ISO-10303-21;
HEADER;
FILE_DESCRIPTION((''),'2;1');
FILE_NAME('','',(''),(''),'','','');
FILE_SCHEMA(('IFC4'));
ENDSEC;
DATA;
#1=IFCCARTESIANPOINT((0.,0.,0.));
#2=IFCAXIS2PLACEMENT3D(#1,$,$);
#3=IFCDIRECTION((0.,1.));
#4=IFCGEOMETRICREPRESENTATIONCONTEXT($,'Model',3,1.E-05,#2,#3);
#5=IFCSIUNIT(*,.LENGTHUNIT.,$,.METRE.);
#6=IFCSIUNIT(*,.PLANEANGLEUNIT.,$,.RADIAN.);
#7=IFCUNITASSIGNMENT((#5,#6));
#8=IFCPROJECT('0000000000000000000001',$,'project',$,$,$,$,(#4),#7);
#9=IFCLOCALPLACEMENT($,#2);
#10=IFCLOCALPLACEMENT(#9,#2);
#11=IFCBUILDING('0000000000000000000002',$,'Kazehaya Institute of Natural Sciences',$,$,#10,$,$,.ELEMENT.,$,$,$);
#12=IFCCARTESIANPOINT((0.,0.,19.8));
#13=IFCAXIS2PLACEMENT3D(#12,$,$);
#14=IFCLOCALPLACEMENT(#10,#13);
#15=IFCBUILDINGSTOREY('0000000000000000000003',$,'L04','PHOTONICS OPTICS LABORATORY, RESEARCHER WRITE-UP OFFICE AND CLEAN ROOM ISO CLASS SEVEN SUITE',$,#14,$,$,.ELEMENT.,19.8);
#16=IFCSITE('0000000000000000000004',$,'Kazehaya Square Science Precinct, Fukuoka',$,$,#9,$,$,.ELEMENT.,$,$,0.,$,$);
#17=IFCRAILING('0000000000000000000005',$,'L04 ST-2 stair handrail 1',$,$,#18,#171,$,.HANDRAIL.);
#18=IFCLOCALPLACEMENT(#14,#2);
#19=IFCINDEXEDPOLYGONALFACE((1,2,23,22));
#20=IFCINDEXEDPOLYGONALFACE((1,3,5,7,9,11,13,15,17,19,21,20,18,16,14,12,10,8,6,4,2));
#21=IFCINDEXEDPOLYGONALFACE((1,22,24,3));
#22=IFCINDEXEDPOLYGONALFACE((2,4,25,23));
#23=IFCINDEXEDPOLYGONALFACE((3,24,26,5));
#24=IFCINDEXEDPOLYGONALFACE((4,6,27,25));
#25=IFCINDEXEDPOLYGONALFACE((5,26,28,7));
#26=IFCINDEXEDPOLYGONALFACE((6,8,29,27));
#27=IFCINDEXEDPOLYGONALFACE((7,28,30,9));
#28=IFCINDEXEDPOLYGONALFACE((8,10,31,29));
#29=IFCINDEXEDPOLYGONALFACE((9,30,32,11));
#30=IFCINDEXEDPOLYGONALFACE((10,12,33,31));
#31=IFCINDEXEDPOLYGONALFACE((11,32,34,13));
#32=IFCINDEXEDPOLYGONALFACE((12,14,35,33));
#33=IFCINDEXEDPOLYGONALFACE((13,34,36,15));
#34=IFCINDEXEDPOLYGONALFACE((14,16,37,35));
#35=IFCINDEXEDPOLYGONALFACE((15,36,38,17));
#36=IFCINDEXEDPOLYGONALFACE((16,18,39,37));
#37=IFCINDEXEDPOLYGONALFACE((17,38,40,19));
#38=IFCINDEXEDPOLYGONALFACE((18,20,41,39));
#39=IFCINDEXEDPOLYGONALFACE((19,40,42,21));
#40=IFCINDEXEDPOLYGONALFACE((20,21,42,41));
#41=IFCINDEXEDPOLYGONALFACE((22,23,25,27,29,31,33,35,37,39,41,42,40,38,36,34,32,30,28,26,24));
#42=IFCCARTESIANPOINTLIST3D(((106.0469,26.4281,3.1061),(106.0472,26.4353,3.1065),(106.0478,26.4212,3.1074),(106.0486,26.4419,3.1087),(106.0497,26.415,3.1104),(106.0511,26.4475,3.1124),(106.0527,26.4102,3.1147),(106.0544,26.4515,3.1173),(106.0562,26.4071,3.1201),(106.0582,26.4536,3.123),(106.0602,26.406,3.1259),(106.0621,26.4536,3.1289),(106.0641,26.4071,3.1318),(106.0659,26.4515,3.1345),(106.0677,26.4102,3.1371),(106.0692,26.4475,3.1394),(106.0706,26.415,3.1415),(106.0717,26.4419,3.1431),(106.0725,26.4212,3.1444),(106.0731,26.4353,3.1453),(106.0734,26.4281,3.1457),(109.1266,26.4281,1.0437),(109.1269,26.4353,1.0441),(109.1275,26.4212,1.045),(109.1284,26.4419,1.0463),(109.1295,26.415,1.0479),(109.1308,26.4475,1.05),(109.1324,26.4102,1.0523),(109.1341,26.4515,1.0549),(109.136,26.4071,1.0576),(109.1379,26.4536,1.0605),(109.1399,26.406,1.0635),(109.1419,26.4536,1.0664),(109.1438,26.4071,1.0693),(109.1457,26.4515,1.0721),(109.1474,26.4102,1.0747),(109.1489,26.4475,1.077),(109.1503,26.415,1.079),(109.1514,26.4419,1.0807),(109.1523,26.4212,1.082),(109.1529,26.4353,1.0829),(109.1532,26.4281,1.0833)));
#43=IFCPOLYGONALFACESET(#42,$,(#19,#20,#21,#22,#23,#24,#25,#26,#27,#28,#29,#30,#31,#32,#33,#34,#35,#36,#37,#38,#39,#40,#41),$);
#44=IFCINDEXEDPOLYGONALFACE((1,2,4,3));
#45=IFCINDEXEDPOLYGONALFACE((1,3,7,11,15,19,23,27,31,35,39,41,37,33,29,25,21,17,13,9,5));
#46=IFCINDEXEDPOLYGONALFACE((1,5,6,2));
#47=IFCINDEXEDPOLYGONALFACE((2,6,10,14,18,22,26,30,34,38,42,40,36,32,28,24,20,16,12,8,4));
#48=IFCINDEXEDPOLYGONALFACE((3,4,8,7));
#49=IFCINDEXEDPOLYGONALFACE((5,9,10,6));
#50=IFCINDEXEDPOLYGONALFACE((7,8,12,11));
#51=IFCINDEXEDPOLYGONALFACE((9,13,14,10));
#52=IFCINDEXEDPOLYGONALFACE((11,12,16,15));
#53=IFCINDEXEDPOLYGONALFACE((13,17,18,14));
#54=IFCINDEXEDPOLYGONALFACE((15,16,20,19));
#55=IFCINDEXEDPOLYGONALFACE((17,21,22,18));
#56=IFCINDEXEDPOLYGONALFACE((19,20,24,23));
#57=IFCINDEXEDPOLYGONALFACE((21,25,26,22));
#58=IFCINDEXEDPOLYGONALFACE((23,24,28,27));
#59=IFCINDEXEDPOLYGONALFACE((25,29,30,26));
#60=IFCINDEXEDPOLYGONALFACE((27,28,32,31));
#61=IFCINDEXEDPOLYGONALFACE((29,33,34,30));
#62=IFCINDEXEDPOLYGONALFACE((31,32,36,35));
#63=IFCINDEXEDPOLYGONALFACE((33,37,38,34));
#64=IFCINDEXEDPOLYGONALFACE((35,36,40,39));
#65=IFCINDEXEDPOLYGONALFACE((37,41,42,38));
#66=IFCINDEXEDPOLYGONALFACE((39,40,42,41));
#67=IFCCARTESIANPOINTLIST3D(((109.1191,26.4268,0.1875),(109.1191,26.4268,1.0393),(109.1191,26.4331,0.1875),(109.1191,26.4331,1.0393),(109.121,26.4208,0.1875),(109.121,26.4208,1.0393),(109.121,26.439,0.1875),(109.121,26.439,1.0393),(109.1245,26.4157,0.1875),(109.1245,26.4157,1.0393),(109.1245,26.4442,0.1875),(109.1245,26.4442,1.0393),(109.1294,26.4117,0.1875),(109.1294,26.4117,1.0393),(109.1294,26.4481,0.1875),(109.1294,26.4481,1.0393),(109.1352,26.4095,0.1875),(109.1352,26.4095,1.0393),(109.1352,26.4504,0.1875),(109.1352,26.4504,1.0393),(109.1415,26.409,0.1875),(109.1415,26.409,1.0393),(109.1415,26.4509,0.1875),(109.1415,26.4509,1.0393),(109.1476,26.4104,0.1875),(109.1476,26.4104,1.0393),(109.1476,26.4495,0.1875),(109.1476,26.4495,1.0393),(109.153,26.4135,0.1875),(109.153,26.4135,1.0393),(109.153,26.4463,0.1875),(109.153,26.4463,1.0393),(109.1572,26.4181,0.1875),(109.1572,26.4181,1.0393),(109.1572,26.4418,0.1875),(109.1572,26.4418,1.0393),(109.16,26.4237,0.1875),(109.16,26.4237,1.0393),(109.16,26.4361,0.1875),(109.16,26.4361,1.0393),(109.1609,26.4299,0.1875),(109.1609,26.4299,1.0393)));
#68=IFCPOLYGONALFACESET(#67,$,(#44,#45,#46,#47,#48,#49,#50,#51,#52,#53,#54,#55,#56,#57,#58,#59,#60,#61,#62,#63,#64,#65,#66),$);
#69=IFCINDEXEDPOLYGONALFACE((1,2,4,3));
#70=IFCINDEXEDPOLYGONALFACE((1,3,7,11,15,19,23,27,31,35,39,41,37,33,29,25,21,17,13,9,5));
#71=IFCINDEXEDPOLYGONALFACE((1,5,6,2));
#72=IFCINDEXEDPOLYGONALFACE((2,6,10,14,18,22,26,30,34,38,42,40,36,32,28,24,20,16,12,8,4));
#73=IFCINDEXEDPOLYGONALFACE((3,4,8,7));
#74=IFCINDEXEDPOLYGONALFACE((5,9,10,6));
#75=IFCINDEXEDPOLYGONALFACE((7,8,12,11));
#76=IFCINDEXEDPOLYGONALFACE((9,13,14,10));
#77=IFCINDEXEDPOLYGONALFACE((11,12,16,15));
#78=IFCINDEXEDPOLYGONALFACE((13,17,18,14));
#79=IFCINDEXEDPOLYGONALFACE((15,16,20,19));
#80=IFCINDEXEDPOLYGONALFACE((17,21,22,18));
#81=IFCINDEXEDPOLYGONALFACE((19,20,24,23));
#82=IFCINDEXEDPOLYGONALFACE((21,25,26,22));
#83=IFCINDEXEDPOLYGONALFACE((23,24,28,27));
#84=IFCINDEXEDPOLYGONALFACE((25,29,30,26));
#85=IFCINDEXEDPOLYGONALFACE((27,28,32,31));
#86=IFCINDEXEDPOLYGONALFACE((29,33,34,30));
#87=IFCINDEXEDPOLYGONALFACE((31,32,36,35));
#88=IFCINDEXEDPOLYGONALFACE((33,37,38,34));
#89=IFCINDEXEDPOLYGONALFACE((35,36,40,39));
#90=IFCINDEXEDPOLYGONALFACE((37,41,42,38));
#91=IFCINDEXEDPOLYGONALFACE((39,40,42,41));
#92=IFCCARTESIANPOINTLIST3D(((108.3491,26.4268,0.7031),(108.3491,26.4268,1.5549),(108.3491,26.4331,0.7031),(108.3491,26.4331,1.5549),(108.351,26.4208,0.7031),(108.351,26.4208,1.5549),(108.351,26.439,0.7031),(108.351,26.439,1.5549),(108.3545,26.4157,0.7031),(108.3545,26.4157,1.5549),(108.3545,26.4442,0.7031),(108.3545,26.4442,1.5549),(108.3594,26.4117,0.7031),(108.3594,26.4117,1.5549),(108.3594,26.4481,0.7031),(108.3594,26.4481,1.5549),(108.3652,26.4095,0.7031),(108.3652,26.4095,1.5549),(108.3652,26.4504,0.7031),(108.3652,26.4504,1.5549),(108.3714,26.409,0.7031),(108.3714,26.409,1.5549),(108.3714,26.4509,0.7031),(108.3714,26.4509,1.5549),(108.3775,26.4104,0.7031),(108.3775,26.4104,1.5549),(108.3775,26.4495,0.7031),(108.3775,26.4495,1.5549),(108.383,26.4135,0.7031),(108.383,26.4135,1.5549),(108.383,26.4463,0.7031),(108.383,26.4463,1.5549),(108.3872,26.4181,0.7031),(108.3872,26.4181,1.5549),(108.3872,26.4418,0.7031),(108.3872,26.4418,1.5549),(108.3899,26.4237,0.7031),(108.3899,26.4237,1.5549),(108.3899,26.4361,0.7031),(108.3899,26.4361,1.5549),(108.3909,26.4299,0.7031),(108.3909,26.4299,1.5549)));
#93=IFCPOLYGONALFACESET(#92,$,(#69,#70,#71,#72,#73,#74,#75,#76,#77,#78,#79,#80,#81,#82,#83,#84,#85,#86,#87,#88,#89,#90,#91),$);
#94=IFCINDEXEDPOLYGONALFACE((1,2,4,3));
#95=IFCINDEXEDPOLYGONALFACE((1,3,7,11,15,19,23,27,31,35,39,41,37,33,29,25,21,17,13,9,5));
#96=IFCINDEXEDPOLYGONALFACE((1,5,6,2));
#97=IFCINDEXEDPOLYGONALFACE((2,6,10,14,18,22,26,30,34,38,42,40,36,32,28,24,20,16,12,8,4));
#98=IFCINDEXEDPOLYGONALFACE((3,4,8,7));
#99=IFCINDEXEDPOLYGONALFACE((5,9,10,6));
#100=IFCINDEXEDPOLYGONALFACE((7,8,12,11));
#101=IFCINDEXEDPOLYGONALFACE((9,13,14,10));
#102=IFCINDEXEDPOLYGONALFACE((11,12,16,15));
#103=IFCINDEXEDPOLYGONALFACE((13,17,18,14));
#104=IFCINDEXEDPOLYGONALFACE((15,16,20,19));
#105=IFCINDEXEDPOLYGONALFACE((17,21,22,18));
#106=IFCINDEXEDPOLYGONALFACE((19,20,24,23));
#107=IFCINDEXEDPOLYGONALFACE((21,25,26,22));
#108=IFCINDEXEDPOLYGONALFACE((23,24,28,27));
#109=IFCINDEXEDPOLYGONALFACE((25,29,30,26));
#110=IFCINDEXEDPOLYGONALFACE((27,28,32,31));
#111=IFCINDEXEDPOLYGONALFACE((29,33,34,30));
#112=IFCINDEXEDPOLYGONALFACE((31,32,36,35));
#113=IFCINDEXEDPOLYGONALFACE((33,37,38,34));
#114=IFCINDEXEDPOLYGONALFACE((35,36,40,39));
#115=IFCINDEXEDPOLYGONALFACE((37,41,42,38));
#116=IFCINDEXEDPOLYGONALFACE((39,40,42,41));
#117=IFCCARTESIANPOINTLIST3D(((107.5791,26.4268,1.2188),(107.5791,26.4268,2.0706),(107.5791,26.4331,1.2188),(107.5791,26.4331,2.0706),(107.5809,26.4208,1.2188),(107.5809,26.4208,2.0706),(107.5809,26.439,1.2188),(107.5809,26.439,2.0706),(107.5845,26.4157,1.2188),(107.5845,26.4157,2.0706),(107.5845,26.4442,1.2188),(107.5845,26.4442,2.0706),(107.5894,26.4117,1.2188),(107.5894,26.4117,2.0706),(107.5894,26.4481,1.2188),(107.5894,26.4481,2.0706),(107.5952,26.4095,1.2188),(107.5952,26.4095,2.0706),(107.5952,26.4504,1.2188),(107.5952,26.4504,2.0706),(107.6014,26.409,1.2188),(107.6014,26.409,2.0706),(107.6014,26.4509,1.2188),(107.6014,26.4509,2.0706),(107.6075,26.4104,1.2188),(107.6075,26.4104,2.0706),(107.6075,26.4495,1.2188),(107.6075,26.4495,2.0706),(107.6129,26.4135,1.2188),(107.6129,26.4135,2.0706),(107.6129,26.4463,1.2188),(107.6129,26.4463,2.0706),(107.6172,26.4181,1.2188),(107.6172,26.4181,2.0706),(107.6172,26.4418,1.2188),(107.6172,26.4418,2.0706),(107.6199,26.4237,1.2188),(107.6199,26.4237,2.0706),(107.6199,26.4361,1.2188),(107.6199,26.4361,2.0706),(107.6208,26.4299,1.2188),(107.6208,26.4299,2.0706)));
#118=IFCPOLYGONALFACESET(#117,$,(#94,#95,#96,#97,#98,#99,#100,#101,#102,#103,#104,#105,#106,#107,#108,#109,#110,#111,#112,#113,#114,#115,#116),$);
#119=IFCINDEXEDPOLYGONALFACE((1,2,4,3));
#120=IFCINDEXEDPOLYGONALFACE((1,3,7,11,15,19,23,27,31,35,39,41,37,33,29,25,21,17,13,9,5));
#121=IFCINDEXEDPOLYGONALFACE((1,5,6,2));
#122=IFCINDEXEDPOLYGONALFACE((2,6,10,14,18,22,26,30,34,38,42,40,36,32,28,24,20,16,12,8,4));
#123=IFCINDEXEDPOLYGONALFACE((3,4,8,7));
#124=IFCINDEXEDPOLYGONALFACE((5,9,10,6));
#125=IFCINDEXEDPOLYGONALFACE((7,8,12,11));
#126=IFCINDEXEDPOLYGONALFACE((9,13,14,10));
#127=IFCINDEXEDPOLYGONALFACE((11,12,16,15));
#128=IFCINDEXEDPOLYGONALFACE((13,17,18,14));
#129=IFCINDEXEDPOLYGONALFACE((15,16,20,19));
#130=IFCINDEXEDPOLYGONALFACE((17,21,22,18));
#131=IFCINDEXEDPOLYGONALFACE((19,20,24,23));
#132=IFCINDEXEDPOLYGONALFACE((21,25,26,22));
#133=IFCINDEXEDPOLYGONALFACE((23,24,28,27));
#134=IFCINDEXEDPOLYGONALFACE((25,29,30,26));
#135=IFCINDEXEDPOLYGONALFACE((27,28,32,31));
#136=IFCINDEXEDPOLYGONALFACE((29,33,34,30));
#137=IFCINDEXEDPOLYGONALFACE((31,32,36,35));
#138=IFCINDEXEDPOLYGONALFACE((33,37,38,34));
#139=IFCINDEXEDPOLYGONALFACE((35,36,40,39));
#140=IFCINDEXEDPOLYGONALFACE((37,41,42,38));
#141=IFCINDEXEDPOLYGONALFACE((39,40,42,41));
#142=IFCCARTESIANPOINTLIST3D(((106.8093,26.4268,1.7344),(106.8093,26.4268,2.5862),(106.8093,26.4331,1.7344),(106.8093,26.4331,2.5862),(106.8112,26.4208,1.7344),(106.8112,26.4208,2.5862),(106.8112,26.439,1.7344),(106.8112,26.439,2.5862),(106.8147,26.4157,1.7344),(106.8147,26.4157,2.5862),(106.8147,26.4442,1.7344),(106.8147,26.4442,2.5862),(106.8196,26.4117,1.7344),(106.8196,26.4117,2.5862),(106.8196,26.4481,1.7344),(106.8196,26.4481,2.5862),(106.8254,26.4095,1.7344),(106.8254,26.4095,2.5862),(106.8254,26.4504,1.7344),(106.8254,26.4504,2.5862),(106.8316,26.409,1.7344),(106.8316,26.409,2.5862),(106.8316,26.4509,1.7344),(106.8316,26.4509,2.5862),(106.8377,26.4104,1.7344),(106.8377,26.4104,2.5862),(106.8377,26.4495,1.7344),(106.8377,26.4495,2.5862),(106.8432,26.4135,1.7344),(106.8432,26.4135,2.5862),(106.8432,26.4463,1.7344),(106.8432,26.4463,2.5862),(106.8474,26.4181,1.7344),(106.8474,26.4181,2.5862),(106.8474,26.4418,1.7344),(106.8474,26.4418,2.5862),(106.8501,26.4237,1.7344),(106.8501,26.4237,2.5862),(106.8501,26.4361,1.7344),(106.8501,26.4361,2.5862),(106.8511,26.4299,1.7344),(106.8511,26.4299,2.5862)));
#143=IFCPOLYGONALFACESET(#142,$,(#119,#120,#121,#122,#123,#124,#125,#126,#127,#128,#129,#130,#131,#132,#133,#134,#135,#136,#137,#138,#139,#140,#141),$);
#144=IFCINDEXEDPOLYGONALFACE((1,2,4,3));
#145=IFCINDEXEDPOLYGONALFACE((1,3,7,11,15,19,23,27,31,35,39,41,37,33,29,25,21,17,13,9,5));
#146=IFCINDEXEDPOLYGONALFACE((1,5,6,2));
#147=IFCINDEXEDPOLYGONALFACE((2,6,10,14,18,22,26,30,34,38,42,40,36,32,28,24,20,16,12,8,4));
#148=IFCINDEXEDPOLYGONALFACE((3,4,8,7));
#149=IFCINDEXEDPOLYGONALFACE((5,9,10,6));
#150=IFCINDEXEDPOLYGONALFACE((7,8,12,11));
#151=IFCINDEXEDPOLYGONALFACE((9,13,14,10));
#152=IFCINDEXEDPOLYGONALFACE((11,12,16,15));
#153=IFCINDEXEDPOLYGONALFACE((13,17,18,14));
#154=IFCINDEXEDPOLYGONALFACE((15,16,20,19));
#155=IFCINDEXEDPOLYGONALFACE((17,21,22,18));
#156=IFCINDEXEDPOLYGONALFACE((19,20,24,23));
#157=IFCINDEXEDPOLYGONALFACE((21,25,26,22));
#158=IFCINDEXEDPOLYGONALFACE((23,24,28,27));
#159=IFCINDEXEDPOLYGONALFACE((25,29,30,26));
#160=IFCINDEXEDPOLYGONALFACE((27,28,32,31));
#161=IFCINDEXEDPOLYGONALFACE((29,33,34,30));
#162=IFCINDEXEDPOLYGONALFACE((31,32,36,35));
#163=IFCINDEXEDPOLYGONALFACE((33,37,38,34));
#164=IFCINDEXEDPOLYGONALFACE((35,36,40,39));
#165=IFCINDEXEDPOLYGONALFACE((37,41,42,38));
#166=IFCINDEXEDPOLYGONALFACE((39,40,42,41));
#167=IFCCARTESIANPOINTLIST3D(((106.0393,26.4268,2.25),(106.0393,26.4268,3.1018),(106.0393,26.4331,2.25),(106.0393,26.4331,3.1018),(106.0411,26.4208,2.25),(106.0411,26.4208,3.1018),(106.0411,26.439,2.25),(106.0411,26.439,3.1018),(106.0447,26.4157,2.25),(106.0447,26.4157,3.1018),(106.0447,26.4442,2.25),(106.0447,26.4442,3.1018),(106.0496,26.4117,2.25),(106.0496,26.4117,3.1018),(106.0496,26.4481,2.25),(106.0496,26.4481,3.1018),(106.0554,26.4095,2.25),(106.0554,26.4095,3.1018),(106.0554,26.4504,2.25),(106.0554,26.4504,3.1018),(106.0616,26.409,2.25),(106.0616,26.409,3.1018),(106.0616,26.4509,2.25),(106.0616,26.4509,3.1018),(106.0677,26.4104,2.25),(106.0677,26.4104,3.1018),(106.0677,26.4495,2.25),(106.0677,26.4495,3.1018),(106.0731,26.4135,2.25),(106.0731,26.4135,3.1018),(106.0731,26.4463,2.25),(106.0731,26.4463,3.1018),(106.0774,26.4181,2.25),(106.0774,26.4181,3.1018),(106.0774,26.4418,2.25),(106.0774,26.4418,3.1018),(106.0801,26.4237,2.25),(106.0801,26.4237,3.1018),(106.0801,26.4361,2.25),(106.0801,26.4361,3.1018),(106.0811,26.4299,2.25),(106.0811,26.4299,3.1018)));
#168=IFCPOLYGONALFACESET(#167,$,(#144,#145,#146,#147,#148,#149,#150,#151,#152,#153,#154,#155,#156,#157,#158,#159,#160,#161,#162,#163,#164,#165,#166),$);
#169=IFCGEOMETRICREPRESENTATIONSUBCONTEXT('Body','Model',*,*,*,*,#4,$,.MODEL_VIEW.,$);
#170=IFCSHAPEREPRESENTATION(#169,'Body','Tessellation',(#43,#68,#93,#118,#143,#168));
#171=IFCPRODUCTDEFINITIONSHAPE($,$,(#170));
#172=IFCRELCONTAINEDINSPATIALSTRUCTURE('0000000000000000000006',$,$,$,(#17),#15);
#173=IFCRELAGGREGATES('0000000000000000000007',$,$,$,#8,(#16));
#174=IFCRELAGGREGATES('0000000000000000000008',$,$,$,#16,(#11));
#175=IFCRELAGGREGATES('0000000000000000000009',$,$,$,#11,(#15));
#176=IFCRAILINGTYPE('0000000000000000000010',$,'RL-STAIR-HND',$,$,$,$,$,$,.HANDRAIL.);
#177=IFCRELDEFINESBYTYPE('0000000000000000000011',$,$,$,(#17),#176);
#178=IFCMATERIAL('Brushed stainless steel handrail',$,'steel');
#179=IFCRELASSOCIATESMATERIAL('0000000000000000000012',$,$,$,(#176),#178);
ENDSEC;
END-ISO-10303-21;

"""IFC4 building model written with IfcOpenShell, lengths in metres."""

from ifc_helpers import new_model, si_unit, direction, frame, origin, origin_2d, place, context, subcontext, project, spatial, circle, extrude, material, type_object, element, save


model = new_model("IFC4")

# Units and contexts
model_context = context("Model", 3, precision=1e-05, world=origin(), true_north=direction((0.0, 1.0)))
body_context = subcontext(model_context, "Body", "Model", "MODEL_VIEW")
ifc_project = project(units=[si_unit("LENGTHUNIT", "METRE"), si_unit("PLANEANGLEUNIT", "RADIAN")], contexts=[model_context])

# Site, building, storey
site_placement = place(None, origin())
site = spatial("IfcSite", under=ifc_project, at=site_placement, Name="Kazehaya Square Science Precinct, Fukuoka", CompositionType="ELEMENT", RefElevation=0.0)
building_placement = place(site_placement, origin())
building = spatial("IfcBuilding", under=site, at=building_placement, Name="Kazehaya Institute of Natural Sciences", CompositionType="ELEMENT")
storey_placement = place(building_placement, frame((0.0, 0.0, 19.8)))
storey = spatial("IfcBuildingStorey", under=building, at=storey_placement, Name="L04", Description="PHOTONICS OPTICS LABORATORY, RESEARCHER WRITE-UP OFFICE AND CLEAN ROOM ISO CLASS SEVEN SUITE", CompositionType="ELEMENT", Elevation=19.8)

# Railing
ifc_material_1 = material(Name="Brushed stainless steel handrail", Category="steel")
railing_type_1 = type_object("IfcRailingType", Name="RL-STAIR-HND", PredefinedType="HANDRAIL", material=ifc_material_1)
railing_1_placement = place(storey_placement, frame((109.1399, 26.4299, 0.1875)))
element("IfcRailing", 1, at=railing_1_placement, inside=storey, type_object=railing_type_1, Name="L04 ST-2 stair handrail 1", PredefinedType="HANDRAIL", context=body_context, shape_type="SweptSolid", body=[
    extrude(circle(Radius=0.0239, at=origin_2d()), frame((0.0, 0.0, 0.876), z_axis=(-0.830893, 0.0, 0.556432), x_axis=(0.0, -1.0, 0.0)), (0.0, 0.0, 1.0), 3.7065),
    extrude(circle(Radius=0.021, at=origin_2d()), origin(), (0.0, 0.0, 1.0), 0.8518),
    extrude(circle(Radius=0.021, at=origin_2d()), frame((-0.77, 0.0, 0.5156)), (0.0, 0.0, 1.0), 0.8518),
    extrude(circle(Radius=0.021, at=origin_2d()), frame((-1.54, 0.0, 1.0312)), (0.0, 0.0, 1.0), 0.8518),
    extrude(circle(Radius=0.021, at=origin_2d()), frame((-2.3098, 0.0, 1.5469)), (0.0, 0.0, 1.0), 0.8518),
    extrude(circle(Radius=0.021, at=origin_2d()), frame((-3.0798, 0.0, 2.0625)), (0.0, 0.0, 1.0), 0.8518),
])

save(model, "model.ifc")
